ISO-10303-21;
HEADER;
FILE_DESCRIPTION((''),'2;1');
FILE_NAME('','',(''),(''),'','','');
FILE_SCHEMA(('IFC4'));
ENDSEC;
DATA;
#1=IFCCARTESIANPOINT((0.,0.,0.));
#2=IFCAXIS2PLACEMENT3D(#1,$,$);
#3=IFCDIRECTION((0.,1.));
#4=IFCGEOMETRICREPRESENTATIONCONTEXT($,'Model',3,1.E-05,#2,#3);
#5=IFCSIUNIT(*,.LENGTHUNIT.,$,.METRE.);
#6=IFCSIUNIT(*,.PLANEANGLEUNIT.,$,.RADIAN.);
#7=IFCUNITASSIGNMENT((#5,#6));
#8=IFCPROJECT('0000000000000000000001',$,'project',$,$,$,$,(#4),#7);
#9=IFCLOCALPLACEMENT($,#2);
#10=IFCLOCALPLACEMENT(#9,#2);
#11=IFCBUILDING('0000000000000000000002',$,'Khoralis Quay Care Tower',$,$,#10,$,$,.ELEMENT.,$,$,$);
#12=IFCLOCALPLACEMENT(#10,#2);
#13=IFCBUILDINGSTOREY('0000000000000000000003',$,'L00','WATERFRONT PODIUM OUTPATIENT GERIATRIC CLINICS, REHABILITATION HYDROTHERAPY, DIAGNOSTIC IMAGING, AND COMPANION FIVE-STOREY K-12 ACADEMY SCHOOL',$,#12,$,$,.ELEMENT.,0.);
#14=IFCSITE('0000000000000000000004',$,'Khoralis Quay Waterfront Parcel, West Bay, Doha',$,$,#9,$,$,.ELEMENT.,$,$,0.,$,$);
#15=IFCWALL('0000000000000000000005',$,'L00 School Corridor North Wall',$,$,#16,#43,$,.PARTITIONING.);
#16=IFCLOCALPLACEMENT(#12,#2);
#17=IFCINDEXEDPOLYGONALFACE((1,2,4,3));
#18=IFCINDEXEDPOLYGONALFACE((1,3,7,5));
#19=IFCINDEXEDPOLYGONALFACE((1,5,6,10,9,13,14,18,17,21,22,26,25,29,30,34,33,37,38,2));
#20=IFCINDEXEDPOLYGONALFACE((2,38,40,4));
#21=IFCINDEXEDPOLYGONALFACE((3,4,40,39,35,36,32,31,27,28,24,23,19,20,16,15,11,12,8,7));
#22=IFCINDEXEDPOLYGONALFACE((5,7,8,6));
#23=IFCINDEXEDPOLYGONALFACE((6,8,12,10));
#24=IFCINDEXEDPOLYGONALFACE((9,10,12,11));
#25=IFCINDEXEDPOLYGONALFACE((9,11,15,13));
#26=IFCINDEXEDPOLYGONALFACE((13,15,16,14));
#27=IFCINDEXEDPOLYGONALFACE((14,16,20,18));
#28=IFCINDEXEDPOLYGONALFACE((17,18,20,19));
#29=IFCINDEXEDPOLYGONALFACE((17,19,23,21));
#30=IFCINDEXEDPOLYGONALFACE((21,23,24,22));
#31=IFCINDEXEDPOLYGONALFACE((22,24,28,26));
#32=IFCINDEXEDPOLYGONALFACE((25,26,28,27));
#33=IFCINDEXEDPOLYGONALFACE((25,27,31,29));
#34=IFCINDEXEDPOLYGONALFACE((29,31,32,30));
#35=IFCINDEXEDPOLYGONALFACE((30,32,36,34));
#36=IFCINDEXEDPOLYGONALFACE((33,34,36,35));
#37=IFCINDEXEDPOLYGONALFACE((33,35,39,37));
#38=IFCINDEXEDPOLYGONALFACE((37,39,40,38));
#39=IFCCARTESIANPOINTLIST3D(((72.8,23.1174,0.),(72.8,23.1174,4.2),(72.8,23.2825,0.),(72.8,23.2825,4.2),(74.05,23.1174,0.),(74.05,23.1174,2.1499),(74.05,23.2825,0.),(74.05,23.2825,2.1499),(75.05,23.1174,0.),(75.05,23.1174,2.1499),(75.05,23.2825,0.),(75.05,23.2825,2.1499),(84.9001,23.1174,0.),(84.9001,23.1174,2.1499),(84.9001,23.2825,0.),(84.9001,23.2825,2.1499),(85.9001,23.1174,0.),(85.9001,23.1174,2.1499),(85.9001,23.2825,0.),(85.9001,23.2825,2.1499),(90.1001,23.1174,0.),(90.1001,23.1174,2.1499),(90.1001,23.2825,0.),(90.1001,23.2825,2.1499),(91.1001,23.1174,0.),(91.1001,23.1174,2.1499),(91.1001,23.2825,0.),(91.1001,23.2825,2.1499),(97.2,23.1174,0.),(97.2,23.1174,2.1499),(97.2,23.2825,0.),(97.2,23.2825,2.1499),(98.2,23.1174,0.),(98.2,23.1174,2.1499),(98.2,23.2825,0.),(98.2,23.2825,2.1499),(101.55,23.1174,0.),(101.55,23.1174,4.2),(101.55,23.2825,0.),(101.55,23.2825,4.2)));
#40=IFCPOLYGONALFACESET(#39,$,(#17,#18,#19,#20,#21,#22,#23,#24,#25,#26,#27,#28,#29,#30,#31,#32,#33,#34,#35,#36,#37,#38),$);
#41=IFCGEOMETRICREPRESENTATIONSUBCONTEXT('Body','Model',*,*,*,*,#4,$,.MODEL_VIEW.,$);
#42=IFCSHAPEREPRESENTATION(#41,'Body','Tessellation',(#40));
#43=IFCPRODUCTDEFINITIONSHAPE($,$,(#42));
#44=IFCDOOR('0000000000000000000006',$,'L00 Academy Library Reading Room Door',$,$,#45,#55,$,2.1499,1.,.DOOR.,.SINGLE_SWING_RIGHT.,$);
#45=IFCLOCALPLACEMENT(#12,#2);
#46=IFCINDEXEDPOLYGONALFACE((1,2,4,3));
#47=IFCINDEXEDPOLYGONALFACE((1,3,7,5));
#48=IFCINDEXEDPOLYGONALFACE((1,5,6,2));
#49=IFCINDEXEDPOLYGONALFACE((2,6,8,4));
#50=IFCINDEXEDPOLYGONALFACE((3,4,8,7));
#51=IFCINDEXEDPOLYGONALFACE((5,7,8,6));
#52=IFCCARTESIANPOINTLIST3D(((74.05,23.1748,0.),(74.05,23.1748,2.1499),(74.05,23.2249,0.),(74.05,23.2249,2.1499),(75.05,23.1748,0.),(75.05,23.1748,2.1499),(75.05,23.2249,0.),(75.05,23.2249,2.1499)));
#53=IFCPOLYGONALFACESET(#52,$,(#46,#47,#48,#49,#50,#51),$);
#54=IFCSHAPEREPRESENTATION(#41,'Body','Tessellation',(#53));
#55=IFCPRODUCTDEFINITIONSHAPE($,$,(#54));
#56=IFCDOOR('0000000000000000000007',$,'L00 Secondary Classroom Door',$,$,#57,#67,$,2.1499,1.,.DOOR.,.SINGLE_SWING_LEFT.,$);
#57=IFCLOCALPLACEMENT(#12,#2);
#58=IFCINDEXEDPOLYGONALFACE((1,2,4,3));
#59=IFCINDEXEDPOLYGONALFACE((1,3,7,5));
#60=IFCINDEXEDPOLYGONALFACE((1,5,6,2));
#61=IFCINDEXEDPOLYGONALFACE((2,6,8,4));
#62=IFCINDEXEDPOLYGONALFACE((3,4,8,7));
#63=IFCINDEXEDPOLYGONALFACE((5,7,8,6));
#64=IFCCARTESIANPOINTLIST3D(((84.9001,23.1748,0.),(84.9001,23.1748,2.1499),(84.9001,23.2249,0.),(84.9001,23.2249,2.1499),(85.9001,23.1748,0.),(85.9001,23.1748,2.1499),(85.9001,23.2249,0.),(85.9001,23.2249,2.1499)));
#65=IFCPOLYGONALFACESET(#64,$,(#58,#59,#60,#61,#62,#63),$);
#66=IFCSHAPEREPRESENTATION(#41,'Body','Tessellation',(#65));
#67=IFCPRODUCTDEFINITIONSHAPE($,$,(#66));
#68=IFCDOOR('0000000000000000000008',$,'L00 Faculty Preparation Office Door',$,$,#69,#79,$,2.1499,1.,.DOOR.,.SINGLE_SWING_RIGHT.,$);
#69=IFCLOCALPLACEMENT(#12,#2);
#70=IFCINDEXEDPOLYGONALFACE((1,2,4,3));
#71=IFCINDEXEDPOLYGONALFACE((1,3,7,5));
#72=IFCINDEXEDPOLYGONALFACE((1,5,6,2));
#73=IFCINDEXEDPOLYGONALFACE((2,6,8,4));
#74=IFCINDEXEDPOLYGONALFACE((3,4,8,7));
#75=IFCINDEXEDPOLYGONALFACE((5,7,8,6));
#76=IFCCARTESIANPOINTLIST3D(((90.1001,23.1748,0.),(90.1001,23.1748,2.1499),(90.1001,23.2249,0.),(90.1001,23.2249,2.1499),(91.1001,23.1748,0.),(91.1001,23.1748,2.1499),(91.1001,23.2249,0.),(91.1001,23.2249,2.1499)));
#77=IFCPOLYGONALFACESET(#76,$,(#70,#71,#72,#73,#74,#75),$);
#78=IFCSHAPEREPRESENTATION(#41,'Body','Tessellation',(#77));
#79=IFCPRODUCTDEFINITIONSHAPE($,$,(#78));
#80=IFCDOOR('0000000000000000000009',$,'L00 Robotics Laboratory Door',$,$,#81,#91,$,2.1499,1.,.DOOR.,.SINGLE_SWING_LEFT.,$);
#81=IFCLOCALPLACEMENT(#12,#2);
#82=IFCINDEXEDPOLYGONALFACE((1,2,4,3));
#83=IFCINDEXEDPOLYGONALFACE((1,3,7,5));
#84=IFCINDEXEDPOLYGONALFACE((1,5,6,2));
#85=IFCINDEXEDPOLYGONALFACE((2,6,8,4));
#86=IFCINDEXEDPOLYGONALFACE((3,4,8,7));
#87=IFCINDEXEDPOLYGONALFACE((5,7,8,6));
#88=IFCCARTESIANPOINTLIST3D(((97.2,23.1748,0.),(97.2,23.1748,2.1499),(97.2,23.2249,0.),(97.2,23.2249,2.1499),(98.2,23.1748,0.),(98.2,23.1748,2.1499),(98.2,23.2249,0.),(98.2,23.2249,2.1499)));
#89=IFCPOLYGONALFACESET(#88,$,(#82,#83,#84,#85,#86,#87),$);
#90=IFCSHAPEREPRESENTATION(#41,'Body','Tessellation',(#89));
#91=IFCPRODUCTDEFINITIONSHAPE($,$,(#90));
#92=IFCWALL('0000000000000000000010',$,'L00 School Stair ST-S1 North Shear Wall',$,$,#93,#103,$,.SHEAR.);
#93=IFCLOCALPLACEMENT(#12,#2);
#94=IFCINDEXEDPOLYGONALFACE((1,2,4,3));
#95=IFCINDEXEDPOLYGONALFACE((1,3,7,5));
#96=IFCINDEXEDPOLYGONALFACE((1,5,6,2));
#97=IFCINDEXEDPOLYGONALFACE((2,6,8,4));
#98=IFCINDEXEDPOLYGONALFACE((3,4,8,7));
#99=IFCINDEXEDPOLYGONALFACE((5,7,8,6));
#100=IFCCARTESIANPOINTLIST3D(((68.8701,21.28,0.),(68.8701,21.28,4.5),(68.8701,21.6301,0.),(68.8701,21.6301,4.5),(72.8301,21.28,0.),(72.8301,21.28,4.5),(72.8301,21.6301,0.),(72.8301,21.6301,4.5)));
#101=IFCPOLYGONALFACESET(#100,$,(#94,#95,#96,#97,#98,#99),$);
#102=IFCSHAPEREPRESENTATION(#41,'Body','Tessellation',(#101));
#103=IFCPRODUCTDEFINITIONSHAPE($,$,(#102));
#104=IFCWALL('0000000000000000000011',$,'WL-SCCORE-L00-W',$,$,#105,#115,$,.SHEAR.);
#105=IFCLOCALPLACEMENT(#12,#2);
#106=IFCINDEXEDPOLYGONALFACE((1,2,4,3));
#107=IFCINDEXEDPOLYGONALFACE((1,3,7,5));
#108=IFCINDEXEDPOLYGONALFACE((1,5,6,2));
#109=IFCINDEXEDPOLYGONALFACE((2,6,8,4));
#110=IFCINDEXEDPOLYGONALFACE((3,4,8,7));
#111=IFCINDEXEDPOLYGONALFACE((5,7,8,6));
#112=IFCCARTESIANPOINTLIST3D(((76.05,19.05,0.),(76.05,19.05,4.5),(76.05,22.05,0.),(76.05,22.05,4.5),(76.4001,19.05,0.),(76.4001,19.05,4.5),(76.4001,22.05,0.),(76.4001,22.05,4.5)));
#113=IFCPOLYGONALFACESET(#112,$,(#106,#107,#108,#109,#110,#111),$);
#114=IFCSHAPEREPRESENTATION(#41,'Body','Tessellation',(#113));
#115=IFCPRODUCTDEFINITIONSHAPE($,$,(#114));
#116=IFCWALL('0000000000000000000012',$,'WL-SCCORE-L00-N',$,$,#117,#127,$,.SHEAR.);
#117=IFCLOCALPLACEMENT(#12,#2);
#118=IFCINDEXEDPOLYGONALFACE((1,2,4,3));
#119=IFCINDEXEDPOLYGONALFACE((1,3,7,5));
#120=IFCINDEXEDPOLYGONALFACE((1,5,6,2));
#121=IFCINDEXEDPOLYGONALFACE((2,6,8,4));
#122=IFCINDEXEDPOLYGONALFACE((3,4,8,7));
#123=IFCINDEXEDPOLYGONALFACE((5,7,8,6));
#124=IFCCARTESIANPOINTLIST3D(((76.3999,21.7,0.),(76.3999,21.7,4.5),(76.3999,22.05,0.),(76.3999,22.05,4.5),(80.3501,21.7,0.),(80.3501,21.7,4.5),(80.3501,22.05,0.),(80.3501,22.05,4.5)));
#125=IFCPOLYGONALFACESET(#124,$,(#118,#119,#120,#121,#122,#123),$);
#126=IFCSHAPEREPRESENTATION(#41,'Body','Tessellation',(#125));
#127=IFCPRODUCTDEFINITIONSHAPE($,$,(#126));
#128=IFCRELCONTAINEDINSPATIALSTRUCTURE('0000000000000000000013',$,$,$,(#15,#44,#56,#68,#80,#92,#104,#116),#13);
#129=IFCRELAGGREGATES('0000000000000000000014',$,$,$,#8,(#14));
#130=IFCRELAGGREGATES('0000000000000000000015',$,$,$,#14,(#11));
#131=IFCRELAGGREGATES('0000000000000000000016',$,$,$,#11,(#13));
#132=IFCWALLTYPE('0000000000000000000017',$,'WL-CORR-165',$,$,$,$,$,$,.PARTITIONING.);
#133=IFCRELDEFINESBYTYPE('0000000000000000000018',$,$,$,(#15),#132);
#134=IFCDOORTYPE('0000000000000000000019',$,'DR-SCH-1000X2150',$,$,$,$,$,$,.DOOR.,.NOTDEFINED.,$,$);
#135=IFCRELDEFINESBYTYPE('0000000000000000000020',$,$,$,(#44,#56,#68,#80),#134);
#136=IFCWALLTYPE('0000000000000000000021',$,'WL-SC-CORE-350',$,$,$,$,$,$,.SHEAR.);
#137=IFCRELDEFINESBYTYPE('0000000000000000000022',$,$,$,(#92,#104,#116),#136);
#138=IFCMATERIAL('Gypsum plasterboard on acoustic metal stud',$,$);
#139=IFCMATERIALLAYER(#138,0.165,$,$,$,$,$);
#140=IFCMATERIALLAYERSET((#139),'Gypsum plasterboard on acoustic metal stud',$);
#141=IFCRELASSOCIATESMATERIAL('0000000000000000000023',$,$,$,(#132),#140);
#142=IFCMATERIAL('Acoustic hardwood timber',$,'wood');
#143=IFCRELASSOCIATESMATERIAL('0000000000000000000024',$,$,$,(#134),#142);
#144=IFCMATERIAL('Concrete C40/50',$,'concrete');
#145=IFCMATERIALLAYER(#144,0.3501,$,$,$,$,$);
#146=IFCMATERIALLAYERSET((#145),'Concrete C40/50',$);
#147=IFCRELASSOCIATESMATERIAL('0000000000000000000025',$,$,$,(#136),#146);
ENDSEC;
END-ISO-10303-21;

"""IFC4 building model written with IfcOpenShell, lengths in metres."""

from ifc_helpers import new_model, si_unit, direction, frame, frame_2d, origin, place, context, subcontext, project, spatial, rectangle, extrude, source, transform, mapped, material, layer, layer_set, type_object, element, fill, save


model = new_model("IFC4")

# Units and contexts
model_context = context("Model", 3, precision=1e-05, world=origin(), true_north=direction((0.0, 1.0)))
body_context = subcontext(model_context, "Body", "Model", "MODEL_VIEW")
ifc_project = project(units=[si_unit("LENGTHUNIT", "METRE"), si_unit("PLANEANGLEUNIT", "RADIAN")], contexts=[model_context])

# Site, building, storey
site_placement = place(None, origin())
site = spatial("IfcSite", under=ifc_project, at=site_placement, Name="Khoralis Quay Waterfront Parcel, West Bay, Doha", CompositionType="ELEMENT", RefElevation=0.0)
building_placement = place(site_placement, origin())
building = spatial("IfcBuilding", under=site, at=building_placement, Name="Khoralis Quay Care Tower", CompositionType="ELEMENT")
storey_placement = place(building_placement, origin())
storey = spatial("IfcBuildingStorey", under=building, at=storey_placement, Name="L00", Description="WATERFRONT PODIUM OUTPATIENT GERIATRIC CLINICS, REHABILITATION HYDROTHERAPY, DIAGNOSTIC IMAGING, AND COMPANION FIVE-STOREY K-12 ACADEMY SCHOOL", CompositionType="ELEMENT", Elevation=0.0)

# Shared definitions
ifc_material_1 = material(Name="Concrete C40/50", Category="concrete")

# Wall, openings, doors
ifc_material_2 = material(Name="Gypsum plasterboard on acoustic metal stud")
ifc_layer_1 = layer(ifc_material_2, 0.165)
ifc_layer_set_1 = layer_set([ifc_layer_1], Name="Gypsum plasterboard on acoustic metal stud")
wall_type_1 = type_object("IfcWallType", Name="WL-CORR-165", PredefinedType="PARTITIONING", material=ifc_layer_set_1)
ifc_material_3 = material(Name="Acoustic hardwood timber", Category="wood")
door_type_1 = type_object("IfcDoorType", Name="DR-SCH-1000X2150", OperationType="NOTDEFINED", PredefinedType="DOOR", material=ifc_material_3)
shared_shape_1 = source(origin(), body_context, "Body", "SweptSolid", [
    extrude(rectangle(XDim=1.0, YDim=2.1499, at=frame_2d((0.5, 1.075))), frame((0.0, 0.0249, 0.0), z_axis=(0.0, -1.0, 0.0), x_axis=(1.0, 0.0, 0.0)), (0.0, 0.0, 1.0), 0.05),
])
wall_1_placement = place(storey_placement, frame((72.8, 23.2, 0.0), z_axis=(0.0, 0.0, 1.0), x_axis=(1.0, 0.0, 0.0)))
wall_1 = element("IfcWall", 1, at=wall_1_placement, inside=storey, type_object=wall_type_1, Name="L00 School Corridor North Wall", PredefinedType="PARTITIONING", context=body_context, shape_type="SweptSolid", body=[
    extrude(rectangle(XDim=28.75, YDim=0.165, at=frame_2d((14.375, 0.0))), origin(), (0.0, 0.0, 1.0), 4.2),
])
opening_1_placement = place(wall_1_placement, frame((1.25, 0.0, 0.0)))
opening_1 = element("IfcOpeningElement", 2, at=opening_1_placement, cuts=wall_1, PredefinedType="OPENING", context=body_context, shape_type="SweptSolid", body=[
    extrude(rectangle(XDim=1.0, YDim=2.1499, at=frame_2d((0.5, 1.075))), frame((0.0, 0.0925, 0.0), z_axis=(0.0, -1.0, 0.0), x_axis=(1.0, 0.0, 0.0)), (0.0, 0.0, 1.0), 0.1851),
])
opening_2_placement = place(wall_1_placement, frame((12.1001, 0.0, 0.0)))
opening_2 = element("IfcOpeningElement", 3, at=opening_2_placement, cuts=wall_1, PredefinedType="OPENING", context=body_context, shape_type="SweptSolid", body=[
    extrude(rectangle(XDim=1.0, YDim=2.1499, at=frame_2d((0.5, 1.075))), frame((0.0, 0.0925, 0.0), z_axis=(0.0, -1.0, 0.0), x_axis=(1.0, 0.0, 0.0)), (0.0, 0.0, 1.0), 0.1851),
])
opening_3_placement = place(wall_1_placement, frame((17.3, 0.0, 0.0)))
opening_3 = element("IfcOpeningElement", 4, at=opening_3_placement, cuts=wall_1, PredefinedType="OPENING", context=body_context, shape_type="SweptSolid", body=[
    extrude(rectangle(XDim=1.0, YDim=2.1499, at=frame_2d((0.5, 1.075))), frame((0.0, 0.0925, 0.0), z_axis=(0.0, -1.0, 0.0), x_axis=(1.0, 0.0, 0.0)), (0.0, 0.0, 1.0), 0.1851),
])
opening_4_placement = place(wall_1_placement, frame((24.3999, 0.0, 0.0)))
opening_4 = element("IfcOpeningElement", 5, at=opening_4_placement, cuts=wall_1, PredefinedType="OPENING", context=body_context, shape_type="SweptSolid", body=[
    extrude(rectangle(XDim=1.0, YDim=2.1499, at=frame_2d((0.5, 1.075))), frame((0.0, 0.0925, 0.0), z_axis=(0.0, -1.0, 0.0), x_axis=(1.0, 0.0, 0.0)), (0.0, 0.0, 1.0), 0.1851),
])
door_1_placement = place(opening_1_placement, origin())
door_1 = element("IfcDoor", 6, at=door_1_placement, inside=storey, type_object=door_type_1, Name="L00 Academy Library Reading Room Door", OperationType="SINGLE_SWING_RIGHT", OverallHeight=2.1499, OverallWidth=1.0, PredefinedType="DOOR", context=body_context, shape_type="MappedRepresentation", body=[
    mapped(shared_shape_1, transform((0.0, 0.0, 0.0), scale=1.0)),
])
fill(opening_1, door_1)
door_2_placement = place(opening_2_placement, origin())
door_2 = element("IfcDoor", 7, at=door_2_placement, inside=storey, type_object=door_type_1, Name="L00 Secondary Classroom Door", OperationType="SINGLE_SWING_LEFT", OverallHeight=2.1499, OverallWidth=1.0, PredefinedType="DOOR", context=body_context, shape_type="MappedRepresentation", body=[
    mapped(shared_shape_1, transform((0.0, 0.0, 0.0), scale=1.0)),
])
fill(opening_2, door_2)
door_3_placement = place(opening_3_placement, origin())
door_3 = element("IfcDoor", 8, at=door_3_placement, inside=storey, type_object=door_type_1, Name="L00 Faculty Preparation Office Door", OperationType="SINGLE_SWING_RIGHT", OverallHeight=2.1499, OverallWidth=1.0, PredefinedType="DOOR", context=body_context, shape_type="MappedRepresentation", body=[
    mapped(shared_shape_1, transform((0.0, 0.0, 0.0), scale=1.0)),
])
fill(opening_3, door_3)
door_4_placement = place(opening_4_placement, origin())
door_4 = element("IfcDoor", 9, at=door_4_placement, inside=storey, type_object=door_type_1, Name="L00 Robotics Laboratory Door", OperationType="SINGLE_SWING_LEFT", OverallHeight=2.1499, OverallWidth=1.0, PredefinedType="DOOR", context=body_context, shape_type="MappedRepresentation", body=[
    mapped(shared_shape_1, transform((0.0, 0.0, 0.0), scale=1.0)),
])
fill(opening_4, door_4)

# Walls
ifc_layer_2 = layer(ifc_material_1, 0.3501)
ifc_layer_set_2 = layer_set([ifc_layer_2], Name="Concrete C40/50")
wall_type_2 = type_object("IfcWallType", Name="WL-SC-CORE-350", PredefinedType="SHEAR", material=ifc_layer_set_2)
wall_2_placement = place(storey_placement, frame((68.8701, 21.4551, 0.0), z_axis=(0.0, 0.0, 1.0), x_axis=(1.0, 0.0, 0.0)))
element("IfcWall", 10, at=wall_2_placement, inside=storey, type_object=wall_type_2, Name="L00 School Stair ST-S1 North Shear Wall", PredefinedType="SHEAR", context=body_context, shape_type="SweptSolid", body=[
    extrude(rectangle(XDim=3.96, YDim=0.3501, at=frame_2d((1.98, 0.0))), origin(), (0.0, 0.0, 1.0), 4.5),
])
wall_3_placement = place(storey_placement, frame((76.2251, 19.05, 0.0), z_axis=(0.0, 0.0, 1.0), x_axis=(0.0, 1.0, 0.0)))
element("IfcWall", 11, at=wall_3_placement, inside=storey, type_object=wall_type_2, Name="WL-SCCORE-L00-W", PredefinedType="SHEAR", context=body_context, shape_type="SweptSolid", body=[
    extrude(rectangle(XDim=3.0, YDim=0.3501, at=frame_2d((1.5, 0.0))), origin(), (0.0, 0.0, 1.0), 4.5),
])
wall_4_placement = place(storey_placement, frame((76.3999, 21.875, 0.0), z_axis=(0.0, 0.0, 1.0), x_axis=(1.0, 0.0, 0.0)))
element("IfcWall", 12, at=wall_4_placement, inside=storey, type_object=wall_type_2, Name="WL-SCCORE-L00-N", PredefinedType="SHEAR", context=body_context, shape_type="SweptSolid", body=[
    extrude(rectangle(XDim=3.9502, YDim=0.3501, at=frame_2d((1.9751, 0.0))), origin(), (0.0, 0.0, 1.0), 4.5),
])

save(model, "model.ifc")
